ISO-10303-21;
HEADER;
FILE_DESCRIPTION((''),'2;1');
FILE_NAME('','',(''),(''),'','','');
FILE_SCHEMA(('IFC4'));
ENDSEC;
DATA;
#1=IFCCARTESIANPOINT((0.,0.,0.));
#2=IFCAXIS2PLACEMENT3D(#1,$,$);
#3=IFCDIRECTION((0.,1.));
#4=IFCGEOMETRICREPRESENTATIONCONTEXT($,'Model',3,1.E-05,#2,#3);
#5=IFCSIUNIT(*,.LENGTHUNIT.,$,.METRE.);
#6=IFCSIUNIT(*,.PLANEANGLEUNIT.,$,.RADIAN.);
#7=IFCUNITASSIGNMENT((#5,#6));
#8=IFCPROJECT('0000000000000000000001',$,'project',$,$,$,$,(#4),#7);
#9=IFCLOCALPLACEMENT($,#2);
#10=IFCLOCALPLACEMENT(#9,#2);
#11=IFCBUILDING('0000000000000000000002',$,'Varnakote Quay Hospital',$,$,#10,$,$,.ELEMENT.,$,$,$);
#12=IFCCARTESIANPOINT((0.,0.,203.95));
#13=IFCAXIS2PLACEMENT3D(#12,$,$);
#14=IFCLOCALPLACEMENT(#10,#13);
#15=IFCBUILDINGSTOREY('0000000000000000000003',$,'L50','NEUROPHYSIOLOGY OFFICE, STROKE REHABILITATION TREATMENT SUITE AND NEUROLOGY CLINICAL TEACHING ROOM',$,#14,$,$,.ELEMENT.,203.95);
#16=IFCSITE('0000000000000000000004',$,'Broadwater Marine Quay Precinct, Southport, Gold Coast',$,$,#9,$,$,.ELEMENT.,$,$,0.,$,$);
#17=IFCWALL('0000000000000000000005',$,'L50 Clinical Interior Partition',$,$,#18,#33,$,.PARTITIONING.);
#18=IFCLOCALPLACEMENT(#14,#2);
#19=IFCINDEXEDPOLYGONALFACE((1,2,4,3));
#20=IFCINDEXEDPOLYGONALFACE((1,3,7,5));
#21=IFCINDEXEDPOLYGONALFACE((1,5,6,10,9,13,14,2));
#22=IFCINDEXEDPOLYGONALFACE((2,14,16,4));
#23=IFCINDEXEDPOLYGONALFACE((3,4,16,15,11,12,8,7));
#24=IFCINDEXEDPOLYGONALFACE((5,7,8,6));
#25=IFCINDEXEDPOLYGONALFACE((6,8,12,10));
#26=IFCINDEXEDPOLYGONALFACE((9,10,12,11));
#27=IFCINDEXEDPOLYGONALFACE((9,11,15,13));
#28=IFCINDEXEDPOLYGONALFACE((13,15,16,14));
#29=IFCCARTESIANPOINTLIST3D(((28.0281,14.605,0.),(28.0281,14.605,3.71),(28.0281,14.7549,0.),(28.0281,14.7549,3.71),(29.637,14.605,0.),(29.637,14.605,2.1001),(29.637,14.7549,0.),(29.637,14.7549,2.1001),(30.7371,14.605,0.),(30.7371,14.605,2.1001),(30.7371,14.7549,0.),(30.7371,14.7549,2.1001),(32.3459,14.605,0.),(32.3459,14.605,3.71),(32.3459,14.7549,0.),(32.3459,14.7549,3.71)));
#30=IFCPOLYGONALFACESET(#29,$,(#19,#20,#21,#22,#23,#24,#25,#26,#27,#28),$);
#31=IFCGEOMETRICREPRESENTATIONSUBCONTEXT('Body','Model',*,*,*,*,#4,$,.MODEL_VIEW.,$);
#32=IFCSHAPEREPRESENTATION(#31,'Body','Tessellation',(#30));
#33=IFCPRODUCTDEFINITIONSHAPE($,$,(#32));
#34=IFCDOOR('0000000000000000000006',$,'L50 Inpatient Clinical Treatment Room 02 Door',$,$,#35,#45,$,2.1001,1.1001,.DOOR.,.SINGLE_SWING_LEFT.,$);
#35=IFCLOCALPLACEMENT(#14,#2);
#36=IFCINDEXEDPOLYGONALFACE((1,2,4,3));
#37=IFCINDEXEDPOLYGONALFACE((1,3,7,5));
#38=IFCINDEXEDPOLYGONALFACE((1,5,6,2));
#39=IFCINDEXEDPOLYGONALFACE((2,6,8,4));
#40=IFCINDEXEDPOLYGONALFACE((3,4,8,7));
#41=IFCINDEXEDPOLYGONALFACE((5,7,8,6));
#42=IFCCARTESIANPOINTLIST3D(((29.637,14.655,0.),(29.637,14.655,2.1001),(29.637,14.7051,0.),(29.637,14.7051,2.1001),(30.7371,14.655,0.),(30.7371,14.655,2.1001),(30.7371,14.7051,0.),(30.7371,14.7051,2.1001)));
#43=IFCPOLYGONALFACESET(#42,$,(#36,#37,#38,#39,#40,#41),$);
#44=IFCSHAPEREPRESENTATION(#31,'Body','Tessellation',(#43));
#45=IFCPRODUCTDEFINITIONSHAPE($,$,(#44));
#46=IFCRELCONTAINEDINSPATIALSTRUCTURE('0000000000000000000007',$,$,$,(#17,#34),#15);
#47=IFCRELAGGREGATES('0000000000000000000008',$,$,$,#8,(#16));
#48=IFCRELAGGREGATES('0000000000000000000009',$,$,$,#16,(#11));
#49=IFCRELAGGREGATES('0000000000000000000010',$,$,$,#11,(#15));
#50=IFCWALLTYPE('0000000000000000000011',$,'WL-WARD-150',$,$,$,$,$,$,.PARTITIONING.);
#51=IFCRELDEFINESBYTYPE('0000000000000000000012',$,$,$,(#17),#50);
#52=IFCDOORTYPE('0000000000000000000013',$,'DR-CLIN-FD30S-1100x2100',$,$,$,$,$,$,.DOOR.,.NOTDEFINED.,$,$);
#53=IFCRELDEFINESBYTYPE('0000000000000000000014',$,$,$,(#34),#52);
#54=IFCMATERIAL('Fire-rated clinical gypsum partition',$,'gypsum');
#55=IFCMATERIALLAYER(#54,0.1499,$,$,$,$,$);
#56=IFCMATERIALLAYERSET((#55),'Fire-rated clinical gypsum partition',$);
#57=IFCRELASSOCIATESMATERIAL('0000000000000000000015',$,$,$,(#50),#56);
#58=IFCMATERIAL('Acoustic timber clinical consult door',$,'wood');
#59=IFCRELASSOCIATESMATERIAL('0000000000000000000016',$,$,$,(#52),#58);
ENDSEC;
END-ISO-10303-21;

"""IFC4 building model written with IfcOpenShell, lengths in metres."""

from ifc_helpers import new_model, si_unit, direction, frame, frame_2d, origin, place, context, subcontext, project, spatial, rectangle, extrude, material, layer, layer_set, type_object, element, fill, save


model = new_model("IFC4")

# Units and contexts
model_context = context("Model", 3, precision=1e-05, world=origin(), true_north=direction((0.0, 1.0)))
body_context = subcontext(model_context, "Body", "Model", "MODEL_VIEW")
ifc_project = project(units=[si_unit("LENGTHUNIT", "METRE"), si_unit("PLANEANGLEUNIT", "RADIAN")], contexts=[model_context])

# Site, building, storey
site_placement = place(None, origin())
site = spatial("IfcSite", under=ifc_project, at=site_placement, Name="Broadwater Marine Quay Precinct, Southport, Gold Coast", CompositionType="ELEMENT", RefElevation=0.0)
building_placement = place(site_placement, origin())
building = spatial("IfcBuilding", under=site, at=building_placement, Name="Varnakote Quay Hospital", CompositionType="ELEMENT")
storey_placement = place(building_placement, frame((0.0, 0.0, 203.95)))
storey = spatial("IfcBuildingStorey", under=building, at=storey_placement, Name="L50", Description="NEUROPHYSIOLOGY OFFICE, STROKE REHABILITATION TREATMENT SUITE AND NEUROLOGY CLINICAL TEACHING ROOM", CompositionType="ELEMENT", Elevation=203.95)

# Wall, opening, door
ifc_material_1 = material(Name="Fire-rated clinical gypsum partition", Category="gypsum")
ifc_layer_1 = layer(ifc_material_1, 0.1499)
ifc_layer_set_1 = layer_set([ifc_layer_1], Name="Fire-rated clinical gypsum partition")
wall_type_1 = type_object("IfcWallType", Name="WL-WARD-150", PredefinedType="PARTITIONING", material=ifc_layer_set_1)
ifc_material_2 = material(Name="Acoustic timber clinical consult door", Category="wood")
door_type_1 = type_object("IfcDoorType", Name="DR-CLIN-FD30S-1100x2100", OperationType="NOTDEFINED", PredefinedType="DOOR", material=ifc_material_2)
wall_1_placement = place(storey_placement, frame((32.3459, 14.6799, 0.0), z_axis=(0.0, 0.0, 1.0), x_axis=(-1.0, 0.0, 0.0)))
wall_1 = element("IfcWall", 1, at=wall_1_placement, inside=storey, type_object=wall_type_1, Name="L50 Clinical Interior Partition", PredefinedType="PARTITIONING", context=body_context, shape_type="SweptSolid", body=[
    extrude(rectangle(XDim=4.3179, YDim=0.1499, at=frame_2d((2.1589, 0.0))), origin(), (0.0, 0.0, 1.0), 3.71),
])
opening_1_placement = place(wall_1_placement, frame((1.6089, 0.0, 0.0)))
opening_1 = element("IfcOpeningElement", 2, at=opening_1_placement, cuts=wall_1, PredefinedType="OPENING", context=body_context, shape_type="SweptSolid", body=[
    extrude(rectangle(XDim=1.1001, YDim=2.1001, at=frame_2d((0.55, 1.05))), frame((0.0, 0.085, 0.0), z_axis=(0.0, -1.0, 0.0), x_axis=(1.0, 0.0, 0.0)), (0.0, 0.0, 1.0), 0.1699),
])
door_1_placement = place(opening_1_placement, origin())
door_1 = element("IfcDoor", 3, at=door_1_placement, inside=storey, type_object=door_type_1, Name="L50 Inpatient Clinical Treatment Room 02 Door", OperationType="SINGLE_SWING_LEFT", OverallHeight=2.1001, OverallWidth=1.1001, PredefinedType="DOOR", context=body_context, shape_type="SweptSolid", body=[
    extrude(rectangle(XDim=1.1001, YDim=2.1001, at=frame_2d((0.55, 1.05))), frame((0.0, 0.0249, 0.0), z_axis=(0.0, -1.0, 0.0), x_axis=(1.0, 0.0, 0.0)), (0.0, 0.0, 1.0), 0.05),
])
fill(opening_1, door_1)

save(model, "model.ifc")
